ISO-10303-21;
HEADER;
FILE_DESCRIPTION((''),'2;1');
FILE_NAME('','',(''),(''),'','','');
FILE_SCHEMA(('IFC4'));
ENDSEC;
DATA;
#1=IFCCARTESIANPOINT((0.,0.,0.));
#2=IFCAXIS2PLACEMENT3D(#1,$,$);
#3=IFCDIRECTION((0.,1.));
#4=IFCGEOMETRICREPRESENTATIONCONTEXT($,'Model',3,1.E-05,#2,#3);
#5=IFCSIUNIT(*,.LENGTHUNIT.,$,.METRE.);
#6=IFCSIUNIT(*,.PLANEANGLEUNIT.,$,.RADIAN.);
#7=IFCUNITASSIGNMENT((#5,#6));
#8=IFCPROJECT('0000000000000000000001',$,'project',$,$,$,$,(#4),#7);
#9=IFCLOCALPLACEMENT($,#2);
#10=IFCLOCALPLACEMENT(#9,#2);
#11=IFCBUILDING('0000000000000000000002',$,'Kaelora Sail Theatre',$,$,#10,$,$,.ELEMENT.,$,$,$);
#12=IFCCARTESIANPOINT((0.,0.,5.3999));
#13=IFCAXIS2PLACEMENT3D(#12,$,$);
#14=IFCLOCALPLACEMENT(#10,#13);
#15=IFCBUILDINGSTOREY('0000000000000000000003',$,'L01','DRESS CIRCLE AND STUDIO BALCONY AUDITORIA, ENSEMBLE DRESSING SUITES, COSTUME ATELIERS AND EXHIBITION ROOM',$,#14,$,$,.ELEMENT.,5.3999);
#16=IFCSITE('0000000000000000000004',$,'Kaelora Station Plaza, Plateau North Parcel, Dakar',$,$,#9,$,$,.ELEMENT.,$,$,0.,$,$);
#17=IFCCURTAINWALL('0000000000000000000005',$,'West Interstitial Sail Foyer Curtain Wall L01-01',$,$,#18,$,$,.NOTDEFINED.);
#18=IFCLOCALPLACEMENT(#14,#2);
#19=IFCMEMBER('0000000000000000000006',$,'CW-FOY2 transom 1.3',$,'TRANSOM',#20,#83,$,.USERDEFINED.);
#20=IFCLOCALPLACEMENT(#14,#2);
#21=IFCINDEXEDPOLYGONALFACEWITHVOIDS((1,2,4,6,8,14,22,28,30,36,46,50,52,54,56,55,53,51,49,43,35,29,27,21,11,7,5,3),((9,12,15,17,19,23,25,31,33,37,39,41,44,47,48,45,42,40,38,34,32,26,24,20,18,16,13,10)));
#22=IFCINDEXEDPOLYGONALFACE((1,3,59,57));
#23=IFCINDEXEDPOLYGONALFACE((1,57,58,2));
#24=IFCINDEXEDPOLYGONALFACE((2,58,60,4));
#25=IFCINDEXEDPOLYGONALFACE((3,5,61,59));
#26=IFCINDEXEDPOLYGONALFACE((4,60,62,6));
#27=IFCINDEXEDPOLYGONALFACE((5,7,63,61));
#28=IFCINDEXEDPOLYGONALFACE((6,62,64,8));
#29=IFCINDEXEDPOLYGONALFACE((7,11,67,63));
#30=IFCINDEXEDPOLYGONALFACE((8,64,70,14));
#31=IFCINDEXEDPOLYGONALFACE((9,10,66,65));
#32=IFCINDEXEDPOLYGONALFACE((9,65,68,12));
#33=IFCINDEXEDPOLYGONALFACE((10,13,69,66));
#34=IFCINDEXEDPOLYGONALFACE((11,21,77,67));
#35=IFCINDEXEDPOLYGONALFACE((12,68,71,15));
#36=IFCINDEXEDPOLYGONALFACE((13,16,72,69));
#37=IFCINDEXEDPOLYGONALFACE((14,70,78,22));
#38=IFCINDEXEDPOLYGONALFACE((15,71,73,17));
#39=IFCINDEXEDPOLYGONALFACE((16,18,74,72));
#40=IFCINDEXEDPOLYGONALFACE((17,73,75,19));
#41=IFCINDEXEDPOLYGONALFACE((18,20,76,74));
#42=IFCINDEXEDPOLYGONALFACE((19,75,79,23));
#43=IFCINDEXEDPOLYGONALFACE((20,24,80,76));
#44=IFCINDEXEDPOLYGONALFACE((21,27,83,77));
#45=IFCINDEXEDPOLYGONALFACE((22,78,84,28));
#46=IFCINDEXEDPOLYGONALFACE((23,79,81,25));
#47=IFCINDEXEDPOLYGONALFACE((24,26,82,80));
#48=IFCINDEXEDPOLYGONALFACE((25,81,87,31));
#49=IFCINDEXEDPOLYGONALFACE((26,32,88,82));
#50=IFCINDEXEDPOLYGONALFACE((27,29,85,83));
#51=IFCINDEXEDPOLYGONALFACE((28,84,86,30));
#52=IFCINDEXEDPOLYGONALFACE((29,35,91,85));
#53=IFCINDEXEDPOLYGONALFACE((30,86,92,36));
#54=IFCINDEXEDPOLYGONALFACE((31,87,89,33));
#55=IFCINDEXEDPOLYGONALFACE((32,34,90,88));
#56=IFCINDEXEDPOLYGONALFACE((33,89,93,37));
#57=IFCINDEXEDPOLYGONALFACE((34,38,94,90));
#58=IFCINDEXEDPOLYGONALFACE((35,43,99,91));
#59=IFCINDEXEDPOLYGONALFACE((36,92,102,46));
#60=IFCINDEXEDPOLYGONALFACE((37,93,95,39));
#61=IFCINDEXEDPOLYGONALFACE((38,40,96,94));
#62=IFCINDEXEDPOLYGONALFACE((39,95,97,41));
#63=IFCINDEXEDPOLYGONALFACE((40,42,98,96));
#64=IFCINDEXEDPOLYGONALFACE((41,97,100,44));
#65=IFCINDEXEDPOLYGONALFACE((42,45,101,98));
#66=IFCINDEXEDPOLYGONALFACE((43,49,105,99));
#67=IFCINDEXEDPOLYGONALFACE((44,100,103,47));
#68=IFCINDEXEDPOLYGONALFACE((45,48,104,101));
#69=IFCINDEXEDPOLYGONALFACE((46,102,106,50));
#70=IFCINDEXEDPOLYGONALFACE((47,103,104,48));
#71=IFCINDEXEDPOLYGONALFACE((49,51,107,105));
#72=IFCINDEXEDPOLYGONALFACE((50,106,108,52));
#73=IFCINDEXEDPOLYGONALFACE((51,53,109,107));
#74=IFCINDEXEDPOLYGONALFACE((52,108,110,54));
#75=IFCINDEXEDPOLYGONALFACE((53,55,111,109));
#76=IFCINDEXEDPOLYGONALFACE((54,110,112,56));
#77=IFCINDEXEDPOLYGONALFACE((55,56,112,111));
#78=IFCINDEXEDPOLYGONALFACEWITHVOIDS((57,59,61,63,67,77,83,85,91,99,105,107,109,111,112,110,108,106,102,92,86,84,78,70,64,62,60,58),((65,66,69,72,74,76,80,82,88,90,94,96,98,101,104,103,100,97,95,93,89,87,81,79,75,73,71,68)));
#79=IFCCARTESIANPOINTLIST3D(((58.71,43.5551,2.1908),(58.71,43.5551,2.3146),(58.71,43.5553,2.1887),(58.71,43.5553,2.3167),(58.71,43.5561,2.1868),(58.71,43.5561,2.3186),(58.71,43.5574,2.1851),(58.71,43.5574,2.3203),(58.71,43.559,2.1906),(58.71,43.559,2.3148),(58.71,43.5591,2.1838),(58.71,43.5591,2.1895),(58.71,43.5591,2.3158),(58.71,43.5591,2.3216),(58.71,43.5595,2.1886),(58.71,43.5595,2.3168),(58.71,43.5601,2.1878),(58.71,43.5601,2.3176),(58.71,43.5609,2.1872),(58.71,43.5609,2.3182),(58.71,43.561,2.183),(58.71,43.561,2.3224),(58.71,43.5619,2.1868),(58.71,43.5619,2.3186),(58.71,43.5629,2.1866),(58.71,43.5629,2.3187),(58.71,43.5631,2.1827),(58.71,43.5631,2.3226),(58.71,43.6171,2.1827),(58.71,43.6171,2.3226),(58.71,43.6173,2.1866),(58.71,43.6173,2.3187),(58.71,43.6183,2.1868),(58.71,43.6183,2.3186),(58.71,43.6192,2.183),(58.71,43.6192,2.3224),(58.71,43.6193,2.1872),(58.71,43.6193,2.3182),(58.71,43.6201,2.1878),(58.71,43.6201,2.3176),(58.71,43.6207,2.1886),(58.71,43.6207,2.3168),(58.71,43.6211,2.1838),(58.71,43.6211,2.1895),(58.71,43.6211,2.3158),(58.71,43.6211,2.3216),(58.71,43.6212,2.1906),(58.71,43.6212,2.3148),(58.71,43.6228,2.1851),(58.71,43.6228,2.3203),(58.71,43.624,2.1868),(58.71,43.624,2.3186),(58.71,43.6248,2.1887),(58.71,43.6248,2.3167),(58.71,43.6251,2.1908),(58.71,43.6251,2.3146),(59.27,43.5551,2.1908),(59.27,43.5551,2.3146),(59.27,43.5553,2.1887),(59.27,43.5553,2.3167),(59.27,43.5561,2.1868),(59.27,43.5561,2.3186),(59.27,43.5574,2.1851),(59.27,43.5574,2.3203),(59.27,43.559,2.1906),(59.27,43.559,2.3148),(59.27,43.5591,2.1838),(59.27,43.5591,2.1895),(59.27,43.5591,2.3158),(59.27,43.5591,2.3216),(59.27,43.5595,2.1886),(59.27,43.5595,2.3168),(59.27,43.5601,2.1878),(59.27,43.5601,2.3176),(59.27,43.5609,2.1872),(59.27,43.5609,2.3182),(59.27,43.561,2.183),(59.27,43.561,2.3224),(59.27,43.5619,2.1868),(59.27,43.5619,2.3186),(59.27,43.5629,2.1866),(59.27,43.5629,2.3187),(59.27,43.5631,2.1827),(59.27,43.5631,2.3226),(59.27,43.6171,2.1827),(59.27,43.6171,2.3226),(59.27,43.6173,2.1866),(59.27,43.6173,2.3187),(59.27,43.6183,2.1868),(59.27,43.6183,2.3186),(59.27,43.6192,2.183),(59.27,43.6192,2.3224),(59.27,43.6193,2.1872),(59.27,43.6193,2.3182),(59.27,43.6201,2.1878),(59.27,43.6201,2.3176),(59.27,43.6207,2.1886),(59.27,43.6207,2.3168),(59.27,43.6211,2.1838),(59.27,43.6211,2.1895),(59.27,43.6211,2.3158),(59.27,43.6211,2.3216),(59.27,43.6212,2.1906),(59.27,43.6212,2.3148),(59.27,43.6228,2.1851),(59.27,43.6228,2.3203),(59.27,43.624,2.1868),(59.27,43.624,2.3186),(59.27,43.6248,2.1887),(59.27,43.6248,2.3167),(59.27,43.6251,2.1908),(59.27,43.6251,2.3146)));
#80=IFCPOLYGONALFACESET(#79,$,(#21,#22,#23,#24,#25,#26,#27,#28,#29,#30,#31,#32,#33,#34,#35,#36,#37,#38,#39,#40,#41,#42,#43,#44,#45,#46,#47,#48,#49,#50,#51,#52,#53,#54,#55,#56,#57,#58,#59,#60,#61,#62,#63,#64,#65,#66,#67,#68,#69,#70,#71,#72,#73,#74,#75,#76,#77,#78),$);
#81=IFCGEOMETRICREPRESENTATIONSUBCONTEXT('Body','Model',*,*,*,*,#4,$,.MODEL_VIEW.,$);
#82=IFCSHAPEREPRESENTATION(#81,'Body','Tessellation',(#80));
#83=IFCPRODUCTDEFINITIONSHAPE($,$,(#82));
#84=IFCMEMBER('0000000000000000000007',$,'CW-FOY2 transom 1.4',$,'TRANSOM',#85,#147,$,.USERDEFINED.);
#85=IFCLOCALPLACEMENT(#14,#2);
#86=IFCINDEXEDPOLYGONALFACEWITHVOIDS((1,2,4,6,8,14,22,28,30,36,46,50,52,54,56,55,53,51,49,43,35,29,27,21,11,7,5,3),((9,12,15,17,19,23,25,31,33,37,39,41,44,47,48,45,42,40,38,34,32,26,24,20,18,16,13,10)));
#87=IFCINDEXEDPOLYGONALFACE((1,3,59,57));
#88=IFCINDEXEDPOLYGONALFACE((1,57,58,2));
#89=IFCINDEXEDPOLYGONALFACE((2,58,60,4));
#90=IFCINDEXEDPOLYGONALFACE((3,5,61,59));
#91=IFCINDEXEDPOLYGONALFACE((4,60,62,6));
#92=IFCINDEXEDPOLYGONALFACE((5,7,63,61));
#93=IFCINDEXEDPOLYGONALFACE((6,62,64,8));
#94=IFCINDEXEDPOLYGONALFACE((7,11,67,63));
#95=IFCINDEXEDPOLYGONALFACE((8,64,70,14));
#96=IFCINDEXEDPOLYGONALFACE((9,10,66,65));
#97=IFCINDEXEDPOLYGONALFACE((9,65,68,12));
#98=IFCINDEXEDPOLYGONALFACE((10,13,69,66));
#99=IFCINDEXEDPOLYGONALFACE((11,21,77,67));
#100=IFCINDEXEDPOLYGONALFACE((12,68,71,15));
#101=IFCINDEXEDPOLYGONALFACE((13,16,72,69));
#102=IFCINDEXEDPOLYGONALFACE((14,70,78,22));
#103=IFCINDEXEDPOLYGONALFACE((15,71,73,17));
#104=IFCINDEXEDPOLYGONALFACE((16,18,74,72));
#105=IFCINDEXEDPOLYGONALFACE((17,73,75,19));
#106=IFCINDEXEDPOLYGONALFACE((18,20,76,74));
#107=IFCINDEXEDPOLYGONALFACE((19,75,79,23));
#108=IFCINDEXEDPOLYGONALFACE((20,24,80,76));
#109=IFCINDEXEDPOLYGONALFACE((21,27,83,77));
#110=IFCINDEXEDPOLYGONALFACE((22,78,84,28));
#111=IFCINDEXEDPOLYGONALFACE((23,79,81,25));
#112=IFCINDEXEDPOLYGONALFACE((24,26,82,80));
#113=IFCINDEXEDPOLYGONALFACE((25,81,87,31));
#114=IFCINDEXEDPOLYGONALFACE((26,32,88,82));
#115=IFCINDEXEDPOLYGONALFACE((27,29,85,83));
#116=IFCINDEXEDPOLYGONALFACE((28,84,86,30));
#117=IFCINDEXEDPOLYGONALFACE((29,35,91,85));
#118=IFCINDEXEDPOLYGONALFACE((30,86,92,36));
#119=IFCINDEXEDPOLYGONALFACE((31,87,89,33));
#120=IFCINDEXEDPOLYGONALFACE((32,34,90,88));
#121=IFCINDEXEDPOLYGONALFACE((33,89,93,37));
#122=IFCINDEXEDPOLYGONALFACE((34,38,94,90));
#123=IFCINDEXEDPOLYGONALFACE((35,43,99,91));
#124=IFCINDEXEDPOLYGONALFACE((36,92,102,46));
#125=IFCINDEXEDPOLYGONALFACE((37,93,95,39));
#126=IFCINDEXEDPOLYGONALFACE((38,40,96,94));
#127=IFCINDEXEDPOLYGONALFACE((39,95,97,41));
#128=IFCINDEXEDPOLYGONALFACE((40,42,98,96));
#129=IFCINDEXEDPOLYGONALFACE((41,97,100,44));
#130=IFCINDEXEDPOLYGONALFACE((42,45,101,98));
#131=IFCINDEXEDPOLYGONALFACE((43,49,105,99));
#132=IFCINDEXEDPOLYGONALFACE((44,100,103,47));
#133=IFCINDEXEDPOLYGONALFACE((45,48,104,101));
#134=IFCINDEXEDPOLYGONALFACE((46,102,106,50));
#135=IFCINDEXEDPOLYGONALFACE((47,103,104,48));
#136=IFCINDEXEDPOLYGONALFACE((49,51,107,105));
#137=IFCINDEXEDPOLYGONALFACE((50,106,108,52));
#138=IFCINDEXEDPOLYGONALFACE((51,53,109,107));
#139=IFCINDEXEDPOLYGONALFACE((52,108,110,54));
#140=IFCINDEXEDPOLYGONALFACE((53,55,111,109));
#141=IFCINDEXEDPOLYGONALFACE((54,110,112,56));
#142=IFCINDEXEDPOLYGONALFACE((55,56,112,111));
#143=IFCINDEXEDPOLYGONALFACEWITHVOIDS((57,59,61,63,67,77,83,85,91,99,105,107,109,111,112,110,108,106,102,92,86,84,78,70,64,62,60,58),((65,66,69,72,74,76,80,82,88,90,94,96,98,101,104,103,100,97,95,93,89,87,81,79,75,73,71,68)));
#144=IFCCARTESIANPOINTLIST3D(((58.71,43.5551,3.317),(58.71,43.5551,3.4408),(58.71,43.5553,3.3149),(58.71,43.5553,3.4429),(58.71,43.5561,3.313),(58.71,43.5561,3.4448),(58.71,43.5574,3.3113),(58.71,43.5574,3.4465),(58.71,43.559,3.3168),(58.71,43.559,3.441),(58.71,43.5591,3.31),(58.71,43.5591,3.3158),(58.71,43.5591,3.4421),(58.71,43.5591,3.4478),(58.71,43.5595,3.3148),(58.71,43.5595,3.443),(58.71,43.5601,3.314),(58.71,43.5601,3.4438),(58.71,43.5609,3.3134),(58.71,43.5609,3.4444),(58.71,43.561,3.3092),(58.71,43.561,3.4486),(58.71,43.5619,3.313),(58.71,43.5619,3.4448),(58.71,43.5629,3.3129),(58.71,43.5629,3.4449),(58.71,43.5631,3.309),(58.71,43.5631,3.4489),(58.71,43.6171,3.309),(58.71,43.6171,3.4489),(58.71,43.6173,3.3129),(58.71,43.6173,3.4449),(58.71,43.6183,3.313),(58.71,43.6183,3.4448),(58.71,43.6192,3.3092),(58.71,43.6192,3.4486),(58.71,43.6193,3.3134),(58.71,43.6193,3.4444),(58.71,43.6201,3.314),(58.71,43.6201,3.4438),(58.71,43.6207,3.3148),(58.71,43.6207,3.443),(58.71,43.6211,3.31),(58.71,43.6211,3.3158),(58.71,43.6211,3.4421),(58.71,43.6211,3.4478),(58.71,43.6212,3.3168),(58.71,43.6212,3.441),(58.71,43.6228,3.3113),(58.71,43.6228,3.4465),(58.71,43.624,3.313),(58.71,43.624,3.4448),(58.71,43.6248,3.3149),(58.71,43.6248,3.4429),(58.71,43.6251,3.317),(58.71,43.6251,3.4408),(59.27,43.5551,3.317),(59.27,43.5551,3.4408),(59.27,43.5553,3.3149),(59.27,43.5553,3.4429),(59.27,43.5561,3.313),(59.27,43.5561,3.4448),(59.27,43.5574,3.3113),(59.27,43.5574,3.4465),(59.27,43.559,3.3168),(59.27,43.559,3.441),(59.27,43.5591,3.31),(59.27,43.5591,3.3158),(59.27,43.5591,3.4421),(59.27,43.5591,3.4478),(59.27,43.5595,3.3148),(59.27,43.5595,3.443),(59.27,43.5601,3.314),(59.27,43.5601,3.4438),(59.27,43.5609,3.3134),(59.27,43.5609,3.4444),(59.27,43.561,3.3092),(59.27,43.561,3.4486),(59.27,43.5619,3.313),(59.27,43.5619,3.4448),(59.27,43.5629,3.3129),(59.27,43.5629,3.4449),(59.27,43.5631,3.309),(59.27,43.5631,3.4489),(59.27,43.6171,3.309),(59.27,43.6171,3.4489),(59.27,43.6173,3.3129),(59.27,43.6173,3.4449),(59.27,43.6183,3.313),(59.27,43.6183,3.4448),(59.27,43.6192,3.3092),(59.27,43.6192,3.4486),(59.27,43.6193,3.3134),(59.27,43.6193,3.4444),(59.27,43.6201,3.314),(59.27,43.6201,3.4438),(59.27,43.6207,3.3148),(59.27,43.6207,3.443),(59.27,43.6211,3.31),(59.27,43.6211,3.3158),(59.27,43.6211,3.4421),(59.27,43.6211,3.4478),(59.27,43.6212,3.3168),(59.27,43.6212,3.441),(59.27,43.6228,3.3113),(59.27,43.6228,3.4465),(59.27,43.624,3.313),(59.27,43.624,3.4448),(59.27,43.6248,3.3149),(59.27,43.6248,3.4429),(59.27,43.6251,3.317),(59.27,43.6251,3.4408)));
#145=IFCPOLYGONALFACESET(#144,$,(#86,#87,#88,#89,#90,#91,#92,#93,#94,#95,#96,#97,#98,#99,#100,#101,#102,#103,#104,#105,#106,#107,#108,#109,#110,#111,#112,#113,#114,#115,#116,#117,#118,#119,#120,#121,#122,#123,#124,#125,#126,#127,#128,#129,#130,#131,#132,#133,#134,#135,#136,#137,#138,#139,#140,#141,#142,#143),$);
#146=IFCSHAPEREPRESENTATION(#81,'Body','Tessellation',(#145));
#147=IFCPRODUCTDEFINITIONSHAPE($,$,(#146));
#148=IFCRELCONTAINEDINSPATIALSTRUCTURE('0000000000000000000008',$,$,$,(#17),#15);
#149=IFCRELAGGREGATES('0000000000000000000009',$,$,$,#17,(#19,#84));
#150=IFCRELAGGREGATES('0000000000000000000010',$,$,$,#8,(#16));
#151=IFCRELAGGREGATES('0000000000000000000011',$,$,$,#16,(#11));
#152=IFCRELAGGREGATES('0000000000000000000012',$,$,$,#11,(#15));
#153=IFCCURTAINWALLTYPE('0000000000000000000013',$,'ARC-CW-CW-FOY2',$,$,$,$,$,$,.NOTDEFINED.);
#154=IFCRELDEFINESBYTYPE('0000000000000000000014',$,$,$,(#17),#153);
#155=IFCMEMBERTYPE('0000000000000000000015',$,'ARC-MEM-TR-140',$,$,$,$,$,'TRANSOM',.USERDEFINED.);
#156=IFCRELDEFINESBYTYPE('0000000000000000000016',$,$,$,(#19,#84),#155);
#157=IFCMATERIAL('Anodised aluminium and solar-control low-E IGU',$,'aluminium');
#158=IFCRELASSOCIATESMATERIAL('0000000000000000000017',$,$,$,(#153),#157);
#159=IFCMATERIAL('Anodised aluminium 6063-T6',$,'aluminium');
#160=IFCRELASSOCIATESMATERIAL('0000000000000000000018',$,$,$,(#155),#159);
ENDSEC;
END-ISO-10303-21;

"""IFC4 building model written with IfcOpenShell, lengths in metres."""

from ifc_helpers import new_model, si_unit, direction, frame, origin, origin_2d, place, context, subcontext, project, spatial, hollow_rectangle, extrude, material, material_profile, profile_set, type_object, element, aggregate, save


model = new_model("IFC4")

# Units and contexts
model_context = context("Model", 3, precision=1e-05, world=origin(), true_north=direction((0.0, 1.0)))
body_context = subcontext(model_context, "Body", "Model", "MODEL_VIEW")
ifc_project = project(units=[si_unit("LENGTHUNIT", "METRE"), si_unit("PLANEANGLEUNIT", "RADIAN")], contexts=[model_context])

# Site, building, storey
site_placement = place(None, origin())
site = spatial("IfcSite", under=ifc_project, at=site_placement, Name="Kaelora Station Plaza, Plateau North Parcel, Dakar", CompositionType="ELEMENT", RefElevation=0.0)
building_placement = place(site_placement, origin())
building = spatial("IfcBuilding", under=site, at=building_placement, Name="Kaelora Sail Theatre", CompositionType="ELEMENT")
storey_placement = place(building_placement, frame((0.0, 0.0, 5.3999)))
storey = spatial("IfcBuildingStorey", under=building, at=storey_placement, Name="L01", Description="DRESS CIRCLE AND STUDIO BALCONY AUDITORIA, ENSEMBLE DRESSING SUITES, COSTUME ATELIERS AND EXHIBITION ROOM", CompositionType="ELEMENT", Elevation=5.3999)

# Curtain wall, members
ifc_material_1 = material(Name="Anodised aluminium and solar-control low-E IGU", Category="aluminium")
curtain_wall_type = type_object("IfcCurtainWallType", Name="ARC-CW-CW-FOY2", PredefinedType="NOTDEFINED", material=ifc_material_1)
curtain_wall_placement = place(storey_placement, origin())
curtain_wall = element("IfcCurtainWall", 1, at=curtain_wall_placement, inside=storey, type_object=curtain_wall_type, Name="West Interstitial Sail Foyer Curtain Wall L01-01", PredefinedType="NOTDEFINED")
ifc_material_2 = material(Name="Anodised aluminium 6063-T6", Category="aluminium")
ifc_material_profile_1 = material_profile(ifc_material_2, hollow_rectangle(XDim=0.0701, YDim=0.1399, WallThickness=0.0039, InnerFilletRadius=0.0039, OuterFilletRadius=0.0081, at=origin_2d()), Name="ALU-TRAN 70x140x4")
ifc_profile_set_1 = profile_set([ifc_material_profile_1], Name="Anodised aluminium 6063-T6")
member_type_1 = type_object("IfcMemberType", Name="ARC-MEM-TR-140", ElementType="TRANSOM", PredefinedType="USERDEFINED", material=ifc_profile_set_1)
member_1_placement = place(storey_placement, frame((58.71, 43.5901, 2.2527), z_axis=(1.0, 0.0, 0.0), x_axis=(0.0, 1.0, 0.0)))
member_1 = element("IfcMember", 2, at=member_1_placement, type_object=member_type_1, Name="CW-FOY2 transom 1.3", ObjectType="TRANSOM", PredefinedType="USERDEFINED", context=body_context, shape_type="SweptSolid", body=[
    extrude(hollow_rectangle(XDim=0.0701, YDim=0.1399, WallThickness=0.0039, InnerFilletRadius=0.0039, OuterFilletRadius=0.0081, at=origin_2d()), origin(), (0.0, 0.0, 1.0), 0.5601),
])
member_2_placement = place(storey_placement, frame((58.71, 43.5901, 3.3789), z_axis=(1.0, 0.0, 0.0), x_axis=(0.0, 1.0, 0.0)))
member_2 = element("IfcMember", 3, at=member_2_placement, type_object=member_type_1, Name="CW-FOY2 transom 1.4", ObjectType="TRANSOM", PredefinedType="USERDEFINED", context=body_context, shape_type="SweptSolid", body=[
    extrude(hollow_rectangle(XDim=0.0701, YDim=0.1399, WallThickness=0.0039, InnerFilletRadius=0.0039, OuterFilletRadius=0.0081, at=origin_2d()), origin(), (0.0, 0.0, 1.0), 0.5601),
])
aggregate(curtain_wall, [member_1, member_2])

save(model, "model.ifc")
